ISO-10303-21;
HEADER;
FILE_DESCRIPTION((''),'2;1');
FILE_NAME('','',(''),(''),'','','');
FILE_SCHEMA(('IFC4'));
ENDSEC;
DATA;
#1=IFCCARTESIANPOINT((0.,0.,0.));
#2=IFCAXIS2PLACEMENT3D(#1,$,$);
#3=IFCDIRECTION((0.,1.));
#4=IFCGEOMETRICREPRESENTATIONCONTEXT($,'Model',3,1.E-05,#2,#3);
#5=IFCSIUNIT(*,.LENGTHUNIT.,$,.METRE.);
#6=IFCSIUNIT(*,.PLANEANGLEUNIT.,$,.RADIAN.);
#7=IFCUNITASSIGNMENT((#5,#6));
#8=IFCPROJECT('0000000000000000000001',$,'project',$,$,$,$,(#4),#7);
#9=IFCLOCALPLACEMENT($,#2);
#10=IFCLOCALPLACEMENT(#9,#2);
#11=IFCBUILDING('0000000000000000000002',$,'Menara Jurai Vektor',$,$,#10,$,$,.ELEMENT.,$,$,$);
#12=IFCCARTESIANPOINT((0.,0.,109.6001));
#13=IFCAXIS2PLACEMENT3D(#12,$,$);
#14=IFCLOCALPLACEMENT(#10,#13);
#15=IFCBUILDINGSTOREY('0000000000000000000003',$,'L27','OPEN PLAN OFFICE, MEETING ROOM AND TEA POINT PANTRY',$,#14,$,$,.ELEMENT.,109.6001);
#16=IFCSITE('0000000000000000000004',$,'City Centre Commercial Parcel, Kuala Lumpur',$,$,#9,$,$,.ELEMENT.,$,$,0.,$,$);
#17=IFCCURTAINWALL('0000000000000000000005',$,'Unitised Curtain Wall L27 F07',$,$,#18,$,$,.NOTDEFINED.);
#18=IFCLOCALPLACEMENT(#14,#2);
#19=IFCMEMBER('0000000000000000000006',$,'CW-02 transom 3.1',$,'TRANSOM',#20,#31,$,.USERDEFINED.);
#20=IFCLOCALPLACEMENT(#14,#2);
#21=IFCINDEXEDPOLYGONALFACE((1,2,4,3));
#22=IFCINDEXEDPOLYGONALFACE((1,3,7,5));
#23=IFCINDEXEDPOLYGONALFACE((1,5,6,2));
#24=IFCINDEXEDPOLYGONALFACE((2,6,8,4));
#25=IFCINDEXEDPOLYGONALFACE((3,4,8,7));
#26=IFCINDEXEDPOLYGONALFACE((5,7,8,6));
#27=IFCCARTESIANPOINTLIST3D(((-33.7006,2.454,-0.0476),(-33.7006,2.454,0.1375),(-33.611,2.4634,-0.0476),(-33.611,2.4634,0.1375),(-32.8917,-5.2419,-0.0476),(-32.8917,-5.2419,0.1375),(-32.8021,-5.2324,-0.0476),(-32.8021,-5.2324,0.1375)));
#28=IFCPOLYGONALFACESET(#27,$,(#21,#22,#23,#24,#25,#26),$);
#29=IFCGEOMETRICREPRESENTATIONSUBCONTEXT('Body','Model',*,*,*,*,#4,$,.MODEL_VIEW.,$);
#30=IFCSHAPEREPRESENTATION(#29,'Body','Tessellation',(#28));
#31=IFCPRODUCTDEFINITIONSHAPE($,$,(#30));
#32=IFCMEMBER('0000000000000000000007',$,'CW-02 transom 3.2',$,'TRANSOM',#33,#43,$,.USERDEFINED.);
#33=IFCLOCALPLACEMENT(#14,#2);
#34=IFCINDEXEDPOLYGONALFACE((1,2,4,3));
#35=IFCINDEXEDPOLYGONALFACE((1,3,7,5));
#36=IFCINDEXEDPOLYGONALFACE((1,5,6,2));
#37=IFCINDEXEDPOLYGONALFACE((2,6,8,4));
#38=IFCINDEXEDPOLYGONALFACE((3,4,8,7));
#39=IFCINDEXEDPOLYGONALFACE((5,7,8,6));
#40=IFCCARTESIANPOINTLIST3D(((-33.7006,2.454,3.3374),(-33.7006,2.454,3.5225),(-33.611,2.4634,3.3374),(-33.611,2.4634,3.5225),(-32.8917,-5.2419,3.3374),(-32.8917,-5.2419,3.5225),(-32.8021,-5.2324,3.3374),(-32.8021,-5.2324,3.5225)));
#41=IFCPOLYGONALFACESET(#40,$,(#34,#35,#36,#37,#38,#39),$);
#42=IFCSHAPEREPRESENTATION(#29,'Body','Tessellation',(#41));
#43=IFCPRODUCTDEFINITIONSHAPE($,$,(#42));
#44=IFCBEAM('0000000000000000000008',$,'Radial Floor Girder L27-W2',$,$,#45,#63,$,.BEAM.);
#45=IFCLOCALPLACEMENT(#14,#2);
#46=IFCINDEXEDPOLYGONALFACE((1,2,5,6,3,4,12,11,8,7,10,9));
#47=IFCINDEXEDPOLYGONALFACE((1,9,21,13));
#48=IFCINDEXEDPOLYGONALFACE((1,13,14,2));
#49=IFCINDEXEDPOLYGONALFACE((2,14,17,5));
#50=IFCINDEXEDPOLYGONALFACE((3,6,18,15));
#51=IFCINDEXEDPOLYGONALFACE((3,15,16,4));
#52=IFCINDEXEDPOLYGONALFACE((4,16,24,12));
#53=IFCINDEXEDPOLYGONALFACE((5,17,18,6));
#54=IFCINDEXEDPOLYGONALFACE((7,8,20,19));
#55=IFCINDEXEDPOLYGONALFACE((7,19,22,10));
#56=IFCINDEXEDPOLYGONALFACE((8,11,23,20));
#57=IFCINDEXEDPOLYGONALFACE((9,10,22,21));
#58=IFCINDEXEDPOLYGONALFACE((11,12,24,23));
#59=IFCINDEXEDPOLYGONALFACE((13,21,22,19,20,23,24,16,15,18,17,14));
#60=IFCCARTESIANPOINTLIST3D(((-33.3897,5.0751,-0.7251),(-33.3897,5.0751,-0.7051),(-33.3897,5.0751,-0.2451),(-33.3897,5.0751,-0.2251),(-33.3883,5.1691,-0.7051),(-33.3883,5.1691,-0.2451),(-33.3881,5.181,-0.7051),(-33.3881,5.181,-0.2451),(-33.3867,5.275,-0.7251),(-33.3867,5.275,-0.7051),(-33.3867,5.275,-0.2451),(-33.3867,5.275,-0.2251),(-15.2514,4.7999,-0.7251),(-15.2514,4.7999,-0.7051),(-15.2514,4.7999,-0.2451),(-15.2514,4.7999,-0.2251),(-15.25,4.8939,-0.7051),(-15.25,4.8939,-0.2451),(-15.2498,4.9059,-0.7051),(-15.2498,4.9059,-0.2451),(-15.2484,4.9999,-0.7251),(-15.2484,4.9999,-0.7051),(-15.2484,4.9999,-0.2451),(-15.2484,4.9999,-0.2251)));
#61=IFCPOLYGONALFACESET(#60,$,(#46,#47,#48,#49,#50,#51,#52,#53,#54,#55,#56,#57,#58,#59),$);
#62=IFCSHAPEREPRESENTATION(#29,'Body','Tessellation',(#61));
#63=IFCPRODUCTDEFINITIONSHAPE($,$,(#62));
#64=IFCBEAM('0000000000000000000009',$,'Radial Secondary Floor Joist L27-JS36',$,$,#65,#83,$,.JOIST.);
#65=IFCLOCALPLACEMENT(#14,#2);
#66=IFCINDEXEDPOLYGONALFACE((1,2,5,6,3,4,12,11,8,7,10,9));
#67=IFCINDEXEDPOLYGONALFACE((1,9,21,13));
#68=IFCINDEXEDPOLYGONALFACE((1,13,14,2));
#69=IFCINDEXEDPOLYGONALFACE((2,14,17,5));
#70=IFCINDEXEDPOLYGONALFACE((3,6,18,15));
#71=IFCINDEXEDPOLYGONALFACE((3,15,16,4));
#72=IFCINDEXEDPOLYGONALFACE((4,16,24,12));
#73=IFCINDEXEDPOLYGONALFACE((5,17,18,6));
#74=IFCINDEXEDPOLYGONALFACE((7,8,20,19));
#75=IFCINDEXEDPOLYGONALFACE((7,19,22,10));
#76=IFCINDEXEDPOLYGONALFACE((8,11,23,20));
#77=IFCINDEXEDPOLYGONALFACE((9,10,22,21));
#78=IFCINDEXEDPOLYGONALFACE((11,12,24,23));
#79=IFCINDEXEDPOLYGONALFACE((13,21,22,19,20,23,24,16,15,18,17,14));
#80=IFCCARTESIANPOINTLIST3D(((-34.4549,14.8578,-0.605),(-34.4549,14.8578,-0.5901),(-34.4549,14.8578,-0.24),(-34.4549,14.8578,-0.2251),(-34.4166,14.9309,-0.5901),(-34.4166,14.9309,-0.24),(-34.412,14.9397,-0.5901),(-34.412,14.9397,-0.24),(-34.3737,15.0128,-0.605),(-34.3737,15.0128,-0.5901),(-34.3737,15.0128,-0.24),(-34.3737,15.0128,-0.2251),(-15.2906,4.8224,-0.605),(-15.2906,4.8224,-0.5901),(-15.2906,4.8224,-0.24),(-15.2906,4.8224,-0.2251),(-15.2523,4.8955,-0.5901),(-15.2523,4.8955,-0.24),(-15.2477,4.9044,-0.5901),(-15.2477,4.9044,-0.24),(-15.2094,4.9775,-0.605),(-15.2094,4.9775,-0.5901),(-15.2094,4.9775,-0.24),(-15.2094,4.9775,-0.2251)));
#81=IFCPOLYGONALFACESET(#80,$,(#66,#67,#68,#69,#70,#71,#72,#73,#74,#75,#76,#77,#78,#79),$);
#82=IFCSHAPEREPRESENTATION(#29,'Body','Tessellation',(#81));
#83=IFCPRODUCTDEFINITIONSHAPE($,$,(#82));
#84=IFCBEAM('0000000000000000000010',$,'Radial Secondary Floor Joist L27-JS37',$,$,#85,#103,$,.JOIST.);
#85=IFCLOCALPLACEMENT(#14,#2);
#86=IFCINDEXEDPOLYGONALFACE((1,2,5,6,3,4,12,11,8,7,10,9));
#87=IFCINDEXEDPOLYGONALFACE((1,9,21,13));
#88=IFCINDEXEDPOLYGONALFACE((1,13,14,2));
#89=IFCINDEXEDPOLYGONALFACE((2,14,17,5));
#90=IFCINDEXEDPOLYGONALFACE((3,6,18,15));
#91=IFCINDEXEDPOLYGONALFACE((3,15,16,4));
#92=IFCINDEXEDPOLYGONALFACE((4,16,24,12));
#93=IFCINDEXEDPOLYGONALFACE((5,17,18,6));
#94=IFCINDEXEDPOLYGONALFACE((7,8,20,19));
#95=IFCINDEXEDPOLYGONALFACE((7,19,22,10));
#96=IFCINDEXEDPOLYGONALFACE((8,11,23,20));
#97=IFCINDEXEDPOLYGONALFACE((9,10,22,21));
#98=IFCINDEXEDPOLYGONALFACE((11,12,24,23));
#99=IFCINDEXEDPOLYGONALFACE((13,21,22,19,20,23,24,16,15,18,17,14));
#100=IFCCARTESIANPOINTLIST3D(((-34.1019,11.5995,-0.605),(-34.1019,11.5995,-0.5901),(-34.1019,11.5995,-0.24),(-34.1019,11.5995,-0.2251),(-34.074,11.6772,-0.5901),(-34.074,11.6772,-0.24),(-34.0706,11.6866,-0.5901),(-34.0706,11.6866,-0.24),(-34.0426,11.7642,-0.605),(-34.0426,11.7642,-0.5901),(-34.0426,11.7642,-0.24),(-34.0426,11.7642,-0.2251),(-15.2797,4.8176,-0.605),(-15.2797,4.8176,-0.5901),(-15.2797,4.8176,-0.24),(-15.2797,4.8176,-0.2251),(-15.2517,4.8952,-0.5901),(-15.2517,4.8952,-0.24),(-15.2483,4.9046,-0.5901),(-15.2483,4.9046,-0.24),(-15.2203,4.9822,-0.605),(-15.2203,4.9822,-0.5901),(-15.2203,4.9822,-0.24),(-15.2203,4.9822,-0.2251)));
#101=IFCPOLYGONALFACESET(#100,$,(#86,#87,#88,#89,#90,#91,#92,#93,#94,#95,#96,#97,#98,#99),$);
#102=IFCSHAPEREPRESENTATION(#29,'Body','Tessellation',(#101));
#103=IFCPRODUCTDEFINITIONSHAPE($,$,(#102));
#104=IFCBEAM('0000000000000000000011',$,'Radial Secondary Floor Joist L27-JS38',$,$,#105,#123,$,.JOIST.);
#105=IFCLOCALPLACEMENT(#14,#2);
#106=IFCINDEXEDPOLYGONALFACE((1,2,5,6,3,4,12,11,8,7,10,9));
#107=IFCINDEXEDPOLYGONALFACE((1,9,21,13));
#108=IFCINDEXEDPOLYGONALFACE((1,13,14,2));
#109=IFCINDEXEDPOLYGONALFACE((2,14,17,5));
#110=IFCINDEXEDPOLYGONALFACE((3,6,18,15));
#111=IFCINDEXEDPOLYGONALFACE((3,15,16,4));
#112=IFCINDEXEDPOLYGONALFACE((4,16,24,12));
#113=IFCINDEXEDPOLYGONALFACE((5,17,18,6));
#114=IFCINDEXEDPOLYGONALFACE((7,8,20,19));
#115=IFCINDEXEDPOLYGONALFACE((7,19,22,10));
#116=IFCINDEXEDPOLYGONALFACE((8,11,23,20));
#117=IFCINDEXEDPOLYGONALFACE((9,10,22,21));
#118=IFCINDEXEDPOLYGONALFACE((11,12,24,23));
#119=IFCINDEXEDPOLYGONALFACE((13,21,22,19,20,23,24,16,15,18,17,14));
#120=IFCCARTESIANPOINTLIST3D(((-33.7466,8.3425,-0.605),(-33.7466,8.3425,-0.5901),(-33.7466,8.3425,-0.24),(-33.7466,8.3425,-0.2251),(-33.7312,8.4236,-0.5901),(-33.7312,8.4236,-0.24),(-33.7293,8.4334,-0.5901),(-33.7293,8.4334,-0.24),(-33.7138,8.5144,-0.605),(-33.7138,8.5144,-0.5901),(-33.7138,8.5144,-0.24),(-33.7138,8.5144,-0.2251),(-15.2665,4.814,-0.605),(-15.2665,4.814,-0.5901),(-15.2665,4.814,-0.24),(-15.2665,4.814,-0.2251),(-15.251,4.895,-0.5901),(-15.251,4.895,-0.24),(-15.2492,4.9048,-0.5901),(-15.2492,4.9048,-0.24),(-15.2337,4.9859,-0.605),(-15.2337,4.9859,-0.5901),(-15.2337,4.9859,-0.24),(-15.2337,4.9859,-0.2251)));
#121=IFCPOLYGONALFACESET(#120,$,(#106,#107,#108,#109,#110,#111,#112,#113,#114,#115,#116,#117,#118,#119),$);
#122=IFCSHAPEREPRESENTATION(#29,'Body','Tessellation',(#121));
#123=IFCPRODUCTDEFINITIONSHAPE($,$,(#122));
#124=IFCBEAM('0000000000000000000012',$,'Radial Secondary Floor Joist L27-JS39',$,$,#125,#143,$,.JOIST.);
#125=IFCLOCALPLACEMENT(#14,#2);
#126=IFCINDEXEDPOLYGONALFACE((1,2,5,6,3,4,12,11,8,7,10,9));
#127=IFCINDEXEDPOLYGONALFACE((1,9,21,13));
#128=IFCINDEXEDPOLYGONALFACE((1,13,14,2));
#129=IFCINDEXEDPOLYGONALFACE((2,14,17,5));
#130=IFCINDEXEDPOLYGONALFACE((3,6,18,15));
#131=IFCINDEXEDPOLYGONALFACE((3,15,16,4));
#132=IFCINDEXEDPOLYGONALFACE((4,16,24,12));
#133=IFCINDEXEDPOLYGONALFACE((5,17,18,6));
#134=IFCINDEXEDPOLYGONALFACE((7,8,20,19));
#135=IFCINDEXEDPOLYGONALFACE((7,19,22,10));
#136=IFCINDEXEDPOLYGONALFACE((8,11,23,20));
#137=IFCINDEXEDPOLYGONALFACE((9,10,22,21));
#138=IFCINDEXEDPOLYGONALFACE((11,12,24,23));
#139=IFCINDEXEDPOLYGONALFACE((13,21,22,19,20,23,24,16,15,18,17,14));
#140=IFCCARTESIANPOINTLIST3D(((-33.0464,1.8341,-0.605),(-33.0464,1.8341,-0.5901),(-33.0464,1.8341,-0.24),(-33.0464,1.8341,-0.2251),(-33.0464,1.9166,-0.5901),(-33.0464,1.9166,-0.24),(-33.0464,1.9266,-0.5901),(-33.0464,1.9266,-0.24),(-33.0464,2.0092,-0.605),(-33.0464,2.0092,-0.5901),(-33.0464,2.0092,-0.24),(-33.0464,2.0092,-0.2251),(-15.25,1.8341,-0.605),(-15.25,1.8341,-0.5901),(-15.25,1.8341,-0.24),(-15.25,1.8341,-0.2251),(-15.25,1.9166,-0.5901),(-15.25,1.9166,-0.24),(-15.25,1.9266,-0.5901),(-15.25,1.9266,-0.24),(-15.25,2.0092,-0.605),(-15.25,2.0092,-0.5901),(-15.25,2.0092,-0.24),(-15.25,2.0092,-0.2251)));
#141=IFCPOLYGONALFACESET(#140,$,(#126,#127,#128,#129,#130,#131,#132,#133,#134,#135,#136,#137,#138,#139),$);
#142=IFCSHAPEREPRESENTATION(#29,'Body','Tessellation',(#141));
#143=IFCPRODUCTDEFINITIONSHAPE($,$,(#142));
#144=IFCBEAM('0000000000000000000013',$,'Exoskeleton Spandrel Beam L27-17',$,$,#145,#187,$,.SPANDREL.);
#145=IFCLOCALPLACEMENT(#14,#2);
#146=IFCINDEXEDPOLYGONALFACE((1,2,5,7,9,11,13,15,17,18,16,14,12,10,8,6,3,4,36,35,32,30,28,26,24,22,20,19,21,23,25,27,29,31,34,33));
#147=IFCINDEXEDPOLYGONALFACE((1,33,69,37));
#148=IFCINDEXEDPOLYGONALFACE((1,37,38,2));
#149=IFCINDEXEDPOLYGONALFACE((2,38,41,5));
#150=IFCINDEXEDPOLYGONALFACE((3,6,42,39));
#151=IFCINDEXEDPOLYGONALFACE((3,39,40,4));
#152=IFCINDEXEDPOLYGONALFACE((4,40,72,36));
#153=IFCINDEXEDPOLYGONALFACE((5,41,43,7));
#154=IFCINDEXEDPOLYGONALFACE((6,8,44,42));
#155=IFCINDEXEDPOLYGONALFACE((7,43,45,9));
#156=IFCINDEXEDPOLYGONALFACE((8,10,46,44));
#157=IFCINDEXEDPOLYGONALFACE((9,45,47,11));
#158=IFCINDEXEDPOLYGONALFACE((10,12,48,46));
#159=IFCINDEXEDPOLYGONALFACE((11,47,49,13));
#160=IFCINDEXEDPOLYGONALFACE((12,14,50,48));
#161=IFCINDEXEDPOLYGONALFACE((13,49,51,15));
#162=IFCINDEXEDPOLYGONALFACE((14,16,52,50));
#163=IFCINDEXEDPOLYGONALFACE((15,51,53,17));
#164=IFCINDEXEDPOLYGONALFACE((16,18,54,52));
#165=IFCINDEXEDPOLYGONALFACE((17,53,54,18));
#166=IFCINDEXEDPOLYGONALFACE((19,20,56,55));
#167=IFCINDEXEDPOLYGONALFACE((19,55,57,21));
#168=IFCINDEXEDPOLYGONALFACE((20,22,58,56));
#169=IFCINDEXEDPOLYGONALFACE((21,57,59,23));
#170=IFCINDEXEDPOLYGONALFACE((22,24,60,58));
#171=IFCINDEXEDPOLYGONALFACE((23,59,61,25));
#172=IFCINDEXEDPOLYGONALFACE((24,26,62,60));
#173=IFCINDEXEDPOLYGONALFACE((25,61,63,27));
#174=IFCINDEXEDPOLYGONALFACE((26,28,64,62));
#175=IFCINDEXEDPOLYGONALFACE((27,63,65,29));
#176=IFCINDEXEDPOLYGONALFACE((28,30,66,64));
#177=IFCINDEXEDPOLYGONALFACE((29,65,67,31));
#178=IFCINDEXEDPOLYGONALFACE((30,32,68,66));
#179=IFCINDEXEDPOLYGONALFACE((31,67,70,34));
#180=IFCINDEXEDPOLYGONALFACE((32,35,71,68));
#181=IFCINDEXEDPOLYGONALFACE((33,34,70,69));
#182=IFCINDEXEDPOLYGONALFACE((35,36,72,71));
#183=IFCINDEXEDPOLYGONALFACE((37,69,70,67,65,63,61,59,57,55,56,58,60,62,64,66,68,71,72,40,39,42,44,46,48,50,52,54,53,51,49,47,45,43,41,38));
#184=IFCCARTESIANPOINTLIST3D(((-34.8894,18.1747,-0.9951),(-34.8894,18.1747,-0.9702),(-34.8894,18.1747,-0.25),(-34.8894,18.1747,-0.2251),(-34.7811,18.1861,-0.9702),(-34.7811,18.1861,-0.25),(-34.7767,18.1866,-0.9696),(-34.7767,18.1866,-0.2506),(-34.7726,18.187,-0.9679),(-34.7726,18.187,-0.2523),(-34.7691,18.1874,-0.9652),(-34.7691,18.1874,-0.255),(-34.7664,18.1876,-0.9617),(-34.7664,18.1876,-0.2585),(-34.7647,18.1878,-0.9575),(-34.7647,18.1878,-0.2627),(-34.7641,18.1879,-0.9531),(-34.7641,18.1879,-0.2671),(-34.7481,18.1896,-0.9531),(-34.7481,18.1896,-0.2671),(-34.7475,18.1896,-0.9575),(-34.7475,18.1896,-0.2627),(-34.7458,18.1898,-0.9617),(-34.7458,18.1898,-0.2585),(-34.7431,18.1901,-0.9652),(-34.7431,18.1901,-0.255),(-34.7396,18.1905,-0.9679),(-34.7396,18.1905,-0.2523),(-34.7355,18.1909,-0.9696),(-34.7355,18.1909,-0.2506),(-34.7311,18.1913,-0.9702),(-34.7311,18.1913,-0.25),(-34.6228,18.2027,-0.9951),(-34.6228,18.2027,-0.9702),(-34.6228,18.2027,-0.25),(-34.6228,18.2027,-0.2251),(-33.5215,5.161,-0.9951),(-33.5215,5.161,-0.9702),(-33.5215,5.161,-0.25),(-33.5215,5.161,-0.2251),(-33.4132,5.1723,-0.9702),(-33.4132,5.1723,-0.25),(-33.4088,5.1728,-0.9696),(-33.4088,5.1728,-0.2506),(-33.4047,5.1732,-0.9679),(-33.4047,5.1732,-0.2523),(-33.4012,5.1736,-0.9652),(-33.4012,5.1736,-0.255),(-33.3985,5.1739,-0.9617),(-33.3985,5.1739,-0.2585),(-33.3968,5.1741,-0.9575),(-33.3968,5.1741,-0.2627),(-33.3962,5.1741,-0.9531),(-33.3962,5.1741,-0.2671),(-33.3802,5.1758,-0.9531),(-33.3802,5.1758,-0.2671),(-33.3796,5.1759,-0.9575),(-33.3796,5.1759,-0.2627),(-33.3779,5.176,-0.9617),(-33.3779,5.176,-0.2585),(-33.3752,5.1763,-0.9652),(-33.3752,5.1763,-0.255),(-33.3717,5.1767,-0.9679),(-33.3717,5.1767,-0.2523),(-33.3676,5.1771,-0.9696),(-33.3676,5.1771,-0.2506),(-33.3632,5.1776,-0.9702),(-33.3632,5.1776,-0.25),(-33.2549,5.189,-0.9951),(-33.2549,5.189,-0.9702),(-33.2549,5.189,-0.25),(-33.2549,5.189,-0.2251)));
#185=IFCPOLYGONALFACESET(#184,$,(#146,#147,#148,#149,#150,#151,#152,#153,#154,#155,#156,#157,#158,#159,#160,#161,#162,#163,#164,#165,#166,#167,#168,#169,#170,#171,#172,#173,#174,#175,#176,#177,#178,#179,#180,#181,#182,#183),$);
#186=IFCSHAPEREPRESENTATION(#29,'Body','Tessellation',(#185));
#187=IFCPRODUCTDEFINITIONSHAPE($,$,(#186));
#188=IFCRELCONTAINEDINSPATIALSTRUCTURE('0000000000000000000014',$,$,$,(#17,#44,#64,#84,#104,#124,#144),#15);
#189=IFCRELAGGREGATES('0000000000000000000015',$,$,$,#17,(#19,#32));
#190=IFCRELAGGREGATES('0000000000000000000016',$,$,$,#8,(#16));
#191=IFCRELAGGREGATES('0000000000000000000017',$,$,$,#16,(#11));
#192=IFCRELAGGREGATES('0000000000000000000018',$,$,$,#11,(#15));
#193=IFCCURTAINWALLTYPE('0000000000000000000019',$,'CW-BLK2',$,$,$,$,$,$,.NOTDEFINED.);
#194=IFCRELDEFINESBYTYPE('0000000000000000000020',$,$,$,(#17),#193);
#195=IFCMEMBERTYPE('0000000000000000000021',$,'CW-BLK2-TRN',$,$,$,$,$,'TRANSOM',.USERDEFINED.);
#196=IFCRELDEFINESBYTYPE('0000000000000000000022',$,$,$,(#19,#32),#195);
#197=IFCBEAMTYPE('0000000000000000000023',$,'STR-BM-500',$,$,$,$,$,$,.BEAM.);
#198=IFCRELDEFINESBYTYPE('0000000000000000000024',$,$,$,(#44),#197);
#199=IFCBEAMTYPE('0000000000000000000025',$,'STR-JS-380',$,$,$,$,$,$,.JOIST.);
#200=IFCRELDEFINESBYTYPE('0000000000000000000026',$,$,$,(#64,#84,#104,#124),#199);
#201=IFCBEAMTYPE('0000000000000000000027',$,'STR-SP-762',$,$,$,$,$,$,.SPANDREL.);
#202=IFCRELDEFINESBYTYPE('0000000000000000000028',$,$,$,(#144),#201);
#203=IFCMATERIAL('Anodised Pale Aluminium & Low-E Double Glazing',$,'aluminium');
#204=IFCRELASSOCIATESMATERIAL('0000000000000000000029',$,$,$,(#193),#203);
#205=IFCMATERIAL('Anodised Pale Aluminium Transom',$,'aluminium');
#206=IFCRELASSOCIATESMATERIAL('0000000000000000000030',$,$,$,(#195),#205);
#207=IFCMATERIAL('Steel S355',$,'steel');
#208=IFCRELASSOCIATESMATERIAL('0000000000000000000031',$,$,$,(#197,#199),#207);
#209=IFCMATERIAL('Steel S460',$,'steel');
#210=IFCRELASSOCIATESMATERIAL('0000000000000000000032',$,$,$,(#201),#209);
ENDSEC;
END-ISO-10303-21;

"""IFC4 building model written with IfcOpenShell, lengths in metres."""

from ifc_helpers import new_model, si_unit, direction, frame, origin, origin_2d, place, context, subcontext, project, spatial, rectangle, i_section, extrude, material, material_profile, profile_set, type_object, element, aggregate, save


model = new_model("IFC4")

# Units and contexts
model_context = context("Model", 3, precision=1e-05, world=origin(), true_north=direction((0.0, 1.0)))
body_context = subcontext(model_context, "Body", "Model", "MODEL_VIEW")
ifc_project = project(units=[si_unit("LENGTHUNIT", "METRE"), si_unit("PLANEANGLEUNIT", "RADIAN")], contexts=[model_context])

# Site, building, storey
site_placement = place(None, origin())
site = spatial("IfcSite", under=ifc_project, at=site_placement, Name="City Centre Commercial Parcel, Kuala Lumpur", CompositionType="ELEMENT", RefElevation=0.0)
building_placement = place(site_placement, origin())
building = spatial("IfcBuilding", under=site, at=building_placement, Name="Menara Jurai Vektor", CompositionType="ELEMENT")
storey_placement = place(building_placement, frame((0.0, 0.0, 109.6001)))
storey = spatial("IfcBuildingStorey", under=building, at=storey_placement, Name="L27", Description="OPEN PLAN OFFICE, MEETING ROOM AND TEA POINT PANTRY", CompositionType="ELEMENT", Elevation=109.6001)

# Shared definitions
ifc_material_1 = material(Name="Steel S460", Category="steel")

# Curtain wall, members
ifc_material_2 = material(Name="Anodised Pale Aluminium & Low-E Double Glazing", Category="aluminium")
curtain_wall_type = type_object("IfcCurtainWallType", Name="CW-BLK2", PredefinedType="NOTDEFINED", material=ifc_material_2)
curtain_wall_placement = place(storey_placement, origin())
curtain_wall = element("IfcCurtainWall", 1, at=curtain_wall_placement, inside=storey, type_object=curtain_wall_type, Name="Unitised Curtain Wall L27 F07", PredefinedType="NOTDEFINED")
ifc_material_3 = material(Name="Anodised Pale Aluminium Transom", Category="aluminium")
ifc_material_profile_1 = material_profile(ifc_material_3, rectangle(XDim=0.0901, YDim=0.1851, at=origin_2d()), Name="ALU TRN 90x185")
ifc_profile_set_1 = profile_set([ifc_material_profile_1], Name="Anodised Pale Aluminium Transom")
member_type_1 = type_object("IfcMemberType", Name="CW-BLK2-TRN", ElementType="TRANSOM", PredefinedType="USERDEFINED", material=ifc_profile_set_1)
member_1_placement = place(storey_placement, frame((-33.6558, 2.4587, 0.0449), z_axis=(0.104525, -0.994522, 0.0), x_axis=(0.994522, 0.104525, 0.0)))
member_1 = element("IfcMember", 2, at=member_1_placement, type_object=member_type_1, Name="CW-02 transom 3.1", ObjectType="TRANSOM", PredefinedType="USERDEFINED", context=body_context, shape_type="SweptSolid", body=[
    extrude(rectangle(XDim=0.0901, YDim=0.1851, at=origin_2d()), origin(), (0.0, 0.0, 1.0), 7.7383),
])
member_2_placement = place(storey_placement, frame((-33.6558, 2.4587, 3.4299), z_axis=(0.104525, -0.994522, 0.0), x_axis=(0.994522, 0.104525, 0.0)))
member_2 = element("IfcMember", 3, at=member_2_placement, type_object=member_type_1, Name="CW-02 transom 3.2", ObjectType="TRANSOM", PredefinedType="USERDEFINED", context=body_context, shape_type="SweptSolid", body=[
    extrude(rectangle(XDim=0.0901, YDim=0.1851, at=origin_2d()), origin(), (0.0, 0.0, 1.0), 7.7383),
])

# Beams
ifc_material_4 = material(Name="Steel S355", Category="steel")
ifc_material_profile_2 = material_profile(ifc_material_4, i_section(OverallWidth=0.2, OverallDepth=0.5, WebThickness=0.012, FlangeThickness=0.02, at=origin_2d()), Name="PG 500x200x96")
ifc_profile_set_2 = profile_set([ifc_material_profile_2], Name="Steel S355")
beam_type_1 = type_object("IfcBeamType", Name="STR-BM-500", PredefinedType="BEAM", material=ifc_profile_set_2)
beam_1_placement = place(storey_placement, frame((-33.3882, 5.175, -0.4751), z_axis=(0.999885, -0.015168, 0.0), x_axis=(0.015168, 0.999885, 0.0)))
element("IfcBeam", 4, at=beam_1_placement, inside=storey, type_object=beam_type_1, Name="Radial Floor Girder L27-W2", PredefinedType="BEAM", context=body_context, shape_type="SweptSolid", body=[
    extrude(i_section(OverallWidth=0.2, OverallDepth=0.5, WebThickness=0.012, FlangeThickness=0.02, at=origin_2d()), origin(), (0.0, 0.0, 1.0), 18.1404),
])
ifc_material_profile_3 = material_profile(ifc_material_4, i_section(OverallWidth=0.175, OverallDepth=0.3799, WebThickness=0.01, FlangeThickness=0.0149, at=origin_2d()), Name="PG 380x175x58")
ifc_profile_set_3 = profile_set([ifc_material_profile_3], Name="Steel S355")
beam_type_2 = type_object("IfcBeamType", Name="STR-JS-380", PredefinedType="JOIST", material=ifc_profile_set_3)
beam_2_placement = place(storey_placement, frame((-34.4143, 14.9353, -0.415), z_axis=(0.885889, -0.463897, 0.0), x_axis=(0.463897, 0.885889, 0.0)))
element("IfcBeam", 5, at=beam_2_placement, inside=storey, type_object=beam_type_2, Name="Radial Secondary Floor Joist L27-JS36", PredefinedType="JOIST", context=body_context, shape_type="SweptSolid", body=[
    extrude(i_section(OverallWidth=0.175, OverallDepth=0.3799, WebThickness=0.01, FlangeThickness=0.0149, at=origin_2d()), origin(), (0.0, 0.0, 1.0), 21.6328),
])
beam_3_placement = place(storey_placement, frame((-34.0723, 11.6819, -0.415), z_axis=(0.940792, -0.338983, 0.0), x_axis=(0.338983, 0.940792, 0.0)))
element("IfcBeam", 6, at=beam_3_placement, inside=storey, type_object=beam_type_2, Name="Radial Secondary Floor Joist L27-JS37", PredefinedType="JOIST", context=body_context, shape_type="SweptSolid", body=[
    extrude(i_section(OverallWidth=0.175, OverallDepth=0.3799, WebThickness=0.01, FlangeThickness=0.0149, at=origin_2d()), origin(), (0.0, 0.0, 1.0), 20.0068),
])
beam_4_placement = place(storey_placement, frame((-33.7302, 8.4285, -0.415), z_axis=(0.982255, -0.187549, 0.0), x_axis=(0.187549, 0.982255, 0.0)))
element("IfcBeam", 7, at=beam_4_placement, inside=storey, type_object=beam_type_2, Name="Radial Secondary Floor Joist L27-JS38", PredefinedType="JOIST", context=body_context, shape_type="SweptSolid", body=[
    extrude(i_section(OverallWidth=0.175, OverallDepth=0.3799, WebThickness=0.01, FlangeThickness=0.0149, at=origin_2d()), origin(), (0.0, 0.0, 1.0), 18.814),
])
beam_5_placement = place(storey_placement, frame((-33.0464, 1.9216, -0.415), z_axis=(1.0, 0.0, 0.0), x_axis=(0.0, 1.0, 0.0)))
element("IfcBeam", 8, at=beam_5_placement, inside=storey, type_object=beam_type_2, Name="Radial Secondary Floor Joist L27-JS39", PredefinedType="JOIST", context=body_context, shape_type="SweptSolid", body=[
    extrude(i_section(OverallWidth=0.175, OverallDepth=0.3799, WebThickness=0.01, FlangeThickness=0.0149, at=origin_2d()), origin(), (0.0, 0.0, 1.0), 17.7964),
])
ifc_material_profile_4 = material_profile(ifc_material_1, i_section(OverallWidth=0.2681, OverallDepth=0.77, WebThickness=0.0161, FlangeThickness=0.0249, FilletRadius=0.0171, at=origin_2d()), Name="UKB 762x267x197")
ifc_profile_set_4 = profile_set([ifc_material_profile_4], Name="Steel S460")
beam_type_3 = type_object("IfcBeamType", Name="STR-SP-762", PredefinedType="SPANDREL", material=ifc_profile_set_4)
beam_6_placement = place(storey_placement, frame((-34.7561, 18.1887, -0.6101), z_axis=(0.104538, -0.994521, 0.0), x_axis=(0.994521, 0.104538, 0.0)))
element("IfcBeam", 9, at=beam_6_placement, inside=storey, type_object=beam_type_3, Name="Exoskeleton Spandrel Beam L27-17", PredefinedType="SPANDREL", context=body_context, shape_type="SweptSolid", body=[
    extrude(i_section(OverallWidth=0.2681, OverallDepth=0.77, WebThickness=0.0161, FlangeThickness=0.0249, FilletRadius=0.0171, at=origin_2d()), origin(), (0.0, 0.0, 1.0), 13.0854),
])

aggregate(curtain_wall, [member_1, member_2])

save(model, "model.ifc")
